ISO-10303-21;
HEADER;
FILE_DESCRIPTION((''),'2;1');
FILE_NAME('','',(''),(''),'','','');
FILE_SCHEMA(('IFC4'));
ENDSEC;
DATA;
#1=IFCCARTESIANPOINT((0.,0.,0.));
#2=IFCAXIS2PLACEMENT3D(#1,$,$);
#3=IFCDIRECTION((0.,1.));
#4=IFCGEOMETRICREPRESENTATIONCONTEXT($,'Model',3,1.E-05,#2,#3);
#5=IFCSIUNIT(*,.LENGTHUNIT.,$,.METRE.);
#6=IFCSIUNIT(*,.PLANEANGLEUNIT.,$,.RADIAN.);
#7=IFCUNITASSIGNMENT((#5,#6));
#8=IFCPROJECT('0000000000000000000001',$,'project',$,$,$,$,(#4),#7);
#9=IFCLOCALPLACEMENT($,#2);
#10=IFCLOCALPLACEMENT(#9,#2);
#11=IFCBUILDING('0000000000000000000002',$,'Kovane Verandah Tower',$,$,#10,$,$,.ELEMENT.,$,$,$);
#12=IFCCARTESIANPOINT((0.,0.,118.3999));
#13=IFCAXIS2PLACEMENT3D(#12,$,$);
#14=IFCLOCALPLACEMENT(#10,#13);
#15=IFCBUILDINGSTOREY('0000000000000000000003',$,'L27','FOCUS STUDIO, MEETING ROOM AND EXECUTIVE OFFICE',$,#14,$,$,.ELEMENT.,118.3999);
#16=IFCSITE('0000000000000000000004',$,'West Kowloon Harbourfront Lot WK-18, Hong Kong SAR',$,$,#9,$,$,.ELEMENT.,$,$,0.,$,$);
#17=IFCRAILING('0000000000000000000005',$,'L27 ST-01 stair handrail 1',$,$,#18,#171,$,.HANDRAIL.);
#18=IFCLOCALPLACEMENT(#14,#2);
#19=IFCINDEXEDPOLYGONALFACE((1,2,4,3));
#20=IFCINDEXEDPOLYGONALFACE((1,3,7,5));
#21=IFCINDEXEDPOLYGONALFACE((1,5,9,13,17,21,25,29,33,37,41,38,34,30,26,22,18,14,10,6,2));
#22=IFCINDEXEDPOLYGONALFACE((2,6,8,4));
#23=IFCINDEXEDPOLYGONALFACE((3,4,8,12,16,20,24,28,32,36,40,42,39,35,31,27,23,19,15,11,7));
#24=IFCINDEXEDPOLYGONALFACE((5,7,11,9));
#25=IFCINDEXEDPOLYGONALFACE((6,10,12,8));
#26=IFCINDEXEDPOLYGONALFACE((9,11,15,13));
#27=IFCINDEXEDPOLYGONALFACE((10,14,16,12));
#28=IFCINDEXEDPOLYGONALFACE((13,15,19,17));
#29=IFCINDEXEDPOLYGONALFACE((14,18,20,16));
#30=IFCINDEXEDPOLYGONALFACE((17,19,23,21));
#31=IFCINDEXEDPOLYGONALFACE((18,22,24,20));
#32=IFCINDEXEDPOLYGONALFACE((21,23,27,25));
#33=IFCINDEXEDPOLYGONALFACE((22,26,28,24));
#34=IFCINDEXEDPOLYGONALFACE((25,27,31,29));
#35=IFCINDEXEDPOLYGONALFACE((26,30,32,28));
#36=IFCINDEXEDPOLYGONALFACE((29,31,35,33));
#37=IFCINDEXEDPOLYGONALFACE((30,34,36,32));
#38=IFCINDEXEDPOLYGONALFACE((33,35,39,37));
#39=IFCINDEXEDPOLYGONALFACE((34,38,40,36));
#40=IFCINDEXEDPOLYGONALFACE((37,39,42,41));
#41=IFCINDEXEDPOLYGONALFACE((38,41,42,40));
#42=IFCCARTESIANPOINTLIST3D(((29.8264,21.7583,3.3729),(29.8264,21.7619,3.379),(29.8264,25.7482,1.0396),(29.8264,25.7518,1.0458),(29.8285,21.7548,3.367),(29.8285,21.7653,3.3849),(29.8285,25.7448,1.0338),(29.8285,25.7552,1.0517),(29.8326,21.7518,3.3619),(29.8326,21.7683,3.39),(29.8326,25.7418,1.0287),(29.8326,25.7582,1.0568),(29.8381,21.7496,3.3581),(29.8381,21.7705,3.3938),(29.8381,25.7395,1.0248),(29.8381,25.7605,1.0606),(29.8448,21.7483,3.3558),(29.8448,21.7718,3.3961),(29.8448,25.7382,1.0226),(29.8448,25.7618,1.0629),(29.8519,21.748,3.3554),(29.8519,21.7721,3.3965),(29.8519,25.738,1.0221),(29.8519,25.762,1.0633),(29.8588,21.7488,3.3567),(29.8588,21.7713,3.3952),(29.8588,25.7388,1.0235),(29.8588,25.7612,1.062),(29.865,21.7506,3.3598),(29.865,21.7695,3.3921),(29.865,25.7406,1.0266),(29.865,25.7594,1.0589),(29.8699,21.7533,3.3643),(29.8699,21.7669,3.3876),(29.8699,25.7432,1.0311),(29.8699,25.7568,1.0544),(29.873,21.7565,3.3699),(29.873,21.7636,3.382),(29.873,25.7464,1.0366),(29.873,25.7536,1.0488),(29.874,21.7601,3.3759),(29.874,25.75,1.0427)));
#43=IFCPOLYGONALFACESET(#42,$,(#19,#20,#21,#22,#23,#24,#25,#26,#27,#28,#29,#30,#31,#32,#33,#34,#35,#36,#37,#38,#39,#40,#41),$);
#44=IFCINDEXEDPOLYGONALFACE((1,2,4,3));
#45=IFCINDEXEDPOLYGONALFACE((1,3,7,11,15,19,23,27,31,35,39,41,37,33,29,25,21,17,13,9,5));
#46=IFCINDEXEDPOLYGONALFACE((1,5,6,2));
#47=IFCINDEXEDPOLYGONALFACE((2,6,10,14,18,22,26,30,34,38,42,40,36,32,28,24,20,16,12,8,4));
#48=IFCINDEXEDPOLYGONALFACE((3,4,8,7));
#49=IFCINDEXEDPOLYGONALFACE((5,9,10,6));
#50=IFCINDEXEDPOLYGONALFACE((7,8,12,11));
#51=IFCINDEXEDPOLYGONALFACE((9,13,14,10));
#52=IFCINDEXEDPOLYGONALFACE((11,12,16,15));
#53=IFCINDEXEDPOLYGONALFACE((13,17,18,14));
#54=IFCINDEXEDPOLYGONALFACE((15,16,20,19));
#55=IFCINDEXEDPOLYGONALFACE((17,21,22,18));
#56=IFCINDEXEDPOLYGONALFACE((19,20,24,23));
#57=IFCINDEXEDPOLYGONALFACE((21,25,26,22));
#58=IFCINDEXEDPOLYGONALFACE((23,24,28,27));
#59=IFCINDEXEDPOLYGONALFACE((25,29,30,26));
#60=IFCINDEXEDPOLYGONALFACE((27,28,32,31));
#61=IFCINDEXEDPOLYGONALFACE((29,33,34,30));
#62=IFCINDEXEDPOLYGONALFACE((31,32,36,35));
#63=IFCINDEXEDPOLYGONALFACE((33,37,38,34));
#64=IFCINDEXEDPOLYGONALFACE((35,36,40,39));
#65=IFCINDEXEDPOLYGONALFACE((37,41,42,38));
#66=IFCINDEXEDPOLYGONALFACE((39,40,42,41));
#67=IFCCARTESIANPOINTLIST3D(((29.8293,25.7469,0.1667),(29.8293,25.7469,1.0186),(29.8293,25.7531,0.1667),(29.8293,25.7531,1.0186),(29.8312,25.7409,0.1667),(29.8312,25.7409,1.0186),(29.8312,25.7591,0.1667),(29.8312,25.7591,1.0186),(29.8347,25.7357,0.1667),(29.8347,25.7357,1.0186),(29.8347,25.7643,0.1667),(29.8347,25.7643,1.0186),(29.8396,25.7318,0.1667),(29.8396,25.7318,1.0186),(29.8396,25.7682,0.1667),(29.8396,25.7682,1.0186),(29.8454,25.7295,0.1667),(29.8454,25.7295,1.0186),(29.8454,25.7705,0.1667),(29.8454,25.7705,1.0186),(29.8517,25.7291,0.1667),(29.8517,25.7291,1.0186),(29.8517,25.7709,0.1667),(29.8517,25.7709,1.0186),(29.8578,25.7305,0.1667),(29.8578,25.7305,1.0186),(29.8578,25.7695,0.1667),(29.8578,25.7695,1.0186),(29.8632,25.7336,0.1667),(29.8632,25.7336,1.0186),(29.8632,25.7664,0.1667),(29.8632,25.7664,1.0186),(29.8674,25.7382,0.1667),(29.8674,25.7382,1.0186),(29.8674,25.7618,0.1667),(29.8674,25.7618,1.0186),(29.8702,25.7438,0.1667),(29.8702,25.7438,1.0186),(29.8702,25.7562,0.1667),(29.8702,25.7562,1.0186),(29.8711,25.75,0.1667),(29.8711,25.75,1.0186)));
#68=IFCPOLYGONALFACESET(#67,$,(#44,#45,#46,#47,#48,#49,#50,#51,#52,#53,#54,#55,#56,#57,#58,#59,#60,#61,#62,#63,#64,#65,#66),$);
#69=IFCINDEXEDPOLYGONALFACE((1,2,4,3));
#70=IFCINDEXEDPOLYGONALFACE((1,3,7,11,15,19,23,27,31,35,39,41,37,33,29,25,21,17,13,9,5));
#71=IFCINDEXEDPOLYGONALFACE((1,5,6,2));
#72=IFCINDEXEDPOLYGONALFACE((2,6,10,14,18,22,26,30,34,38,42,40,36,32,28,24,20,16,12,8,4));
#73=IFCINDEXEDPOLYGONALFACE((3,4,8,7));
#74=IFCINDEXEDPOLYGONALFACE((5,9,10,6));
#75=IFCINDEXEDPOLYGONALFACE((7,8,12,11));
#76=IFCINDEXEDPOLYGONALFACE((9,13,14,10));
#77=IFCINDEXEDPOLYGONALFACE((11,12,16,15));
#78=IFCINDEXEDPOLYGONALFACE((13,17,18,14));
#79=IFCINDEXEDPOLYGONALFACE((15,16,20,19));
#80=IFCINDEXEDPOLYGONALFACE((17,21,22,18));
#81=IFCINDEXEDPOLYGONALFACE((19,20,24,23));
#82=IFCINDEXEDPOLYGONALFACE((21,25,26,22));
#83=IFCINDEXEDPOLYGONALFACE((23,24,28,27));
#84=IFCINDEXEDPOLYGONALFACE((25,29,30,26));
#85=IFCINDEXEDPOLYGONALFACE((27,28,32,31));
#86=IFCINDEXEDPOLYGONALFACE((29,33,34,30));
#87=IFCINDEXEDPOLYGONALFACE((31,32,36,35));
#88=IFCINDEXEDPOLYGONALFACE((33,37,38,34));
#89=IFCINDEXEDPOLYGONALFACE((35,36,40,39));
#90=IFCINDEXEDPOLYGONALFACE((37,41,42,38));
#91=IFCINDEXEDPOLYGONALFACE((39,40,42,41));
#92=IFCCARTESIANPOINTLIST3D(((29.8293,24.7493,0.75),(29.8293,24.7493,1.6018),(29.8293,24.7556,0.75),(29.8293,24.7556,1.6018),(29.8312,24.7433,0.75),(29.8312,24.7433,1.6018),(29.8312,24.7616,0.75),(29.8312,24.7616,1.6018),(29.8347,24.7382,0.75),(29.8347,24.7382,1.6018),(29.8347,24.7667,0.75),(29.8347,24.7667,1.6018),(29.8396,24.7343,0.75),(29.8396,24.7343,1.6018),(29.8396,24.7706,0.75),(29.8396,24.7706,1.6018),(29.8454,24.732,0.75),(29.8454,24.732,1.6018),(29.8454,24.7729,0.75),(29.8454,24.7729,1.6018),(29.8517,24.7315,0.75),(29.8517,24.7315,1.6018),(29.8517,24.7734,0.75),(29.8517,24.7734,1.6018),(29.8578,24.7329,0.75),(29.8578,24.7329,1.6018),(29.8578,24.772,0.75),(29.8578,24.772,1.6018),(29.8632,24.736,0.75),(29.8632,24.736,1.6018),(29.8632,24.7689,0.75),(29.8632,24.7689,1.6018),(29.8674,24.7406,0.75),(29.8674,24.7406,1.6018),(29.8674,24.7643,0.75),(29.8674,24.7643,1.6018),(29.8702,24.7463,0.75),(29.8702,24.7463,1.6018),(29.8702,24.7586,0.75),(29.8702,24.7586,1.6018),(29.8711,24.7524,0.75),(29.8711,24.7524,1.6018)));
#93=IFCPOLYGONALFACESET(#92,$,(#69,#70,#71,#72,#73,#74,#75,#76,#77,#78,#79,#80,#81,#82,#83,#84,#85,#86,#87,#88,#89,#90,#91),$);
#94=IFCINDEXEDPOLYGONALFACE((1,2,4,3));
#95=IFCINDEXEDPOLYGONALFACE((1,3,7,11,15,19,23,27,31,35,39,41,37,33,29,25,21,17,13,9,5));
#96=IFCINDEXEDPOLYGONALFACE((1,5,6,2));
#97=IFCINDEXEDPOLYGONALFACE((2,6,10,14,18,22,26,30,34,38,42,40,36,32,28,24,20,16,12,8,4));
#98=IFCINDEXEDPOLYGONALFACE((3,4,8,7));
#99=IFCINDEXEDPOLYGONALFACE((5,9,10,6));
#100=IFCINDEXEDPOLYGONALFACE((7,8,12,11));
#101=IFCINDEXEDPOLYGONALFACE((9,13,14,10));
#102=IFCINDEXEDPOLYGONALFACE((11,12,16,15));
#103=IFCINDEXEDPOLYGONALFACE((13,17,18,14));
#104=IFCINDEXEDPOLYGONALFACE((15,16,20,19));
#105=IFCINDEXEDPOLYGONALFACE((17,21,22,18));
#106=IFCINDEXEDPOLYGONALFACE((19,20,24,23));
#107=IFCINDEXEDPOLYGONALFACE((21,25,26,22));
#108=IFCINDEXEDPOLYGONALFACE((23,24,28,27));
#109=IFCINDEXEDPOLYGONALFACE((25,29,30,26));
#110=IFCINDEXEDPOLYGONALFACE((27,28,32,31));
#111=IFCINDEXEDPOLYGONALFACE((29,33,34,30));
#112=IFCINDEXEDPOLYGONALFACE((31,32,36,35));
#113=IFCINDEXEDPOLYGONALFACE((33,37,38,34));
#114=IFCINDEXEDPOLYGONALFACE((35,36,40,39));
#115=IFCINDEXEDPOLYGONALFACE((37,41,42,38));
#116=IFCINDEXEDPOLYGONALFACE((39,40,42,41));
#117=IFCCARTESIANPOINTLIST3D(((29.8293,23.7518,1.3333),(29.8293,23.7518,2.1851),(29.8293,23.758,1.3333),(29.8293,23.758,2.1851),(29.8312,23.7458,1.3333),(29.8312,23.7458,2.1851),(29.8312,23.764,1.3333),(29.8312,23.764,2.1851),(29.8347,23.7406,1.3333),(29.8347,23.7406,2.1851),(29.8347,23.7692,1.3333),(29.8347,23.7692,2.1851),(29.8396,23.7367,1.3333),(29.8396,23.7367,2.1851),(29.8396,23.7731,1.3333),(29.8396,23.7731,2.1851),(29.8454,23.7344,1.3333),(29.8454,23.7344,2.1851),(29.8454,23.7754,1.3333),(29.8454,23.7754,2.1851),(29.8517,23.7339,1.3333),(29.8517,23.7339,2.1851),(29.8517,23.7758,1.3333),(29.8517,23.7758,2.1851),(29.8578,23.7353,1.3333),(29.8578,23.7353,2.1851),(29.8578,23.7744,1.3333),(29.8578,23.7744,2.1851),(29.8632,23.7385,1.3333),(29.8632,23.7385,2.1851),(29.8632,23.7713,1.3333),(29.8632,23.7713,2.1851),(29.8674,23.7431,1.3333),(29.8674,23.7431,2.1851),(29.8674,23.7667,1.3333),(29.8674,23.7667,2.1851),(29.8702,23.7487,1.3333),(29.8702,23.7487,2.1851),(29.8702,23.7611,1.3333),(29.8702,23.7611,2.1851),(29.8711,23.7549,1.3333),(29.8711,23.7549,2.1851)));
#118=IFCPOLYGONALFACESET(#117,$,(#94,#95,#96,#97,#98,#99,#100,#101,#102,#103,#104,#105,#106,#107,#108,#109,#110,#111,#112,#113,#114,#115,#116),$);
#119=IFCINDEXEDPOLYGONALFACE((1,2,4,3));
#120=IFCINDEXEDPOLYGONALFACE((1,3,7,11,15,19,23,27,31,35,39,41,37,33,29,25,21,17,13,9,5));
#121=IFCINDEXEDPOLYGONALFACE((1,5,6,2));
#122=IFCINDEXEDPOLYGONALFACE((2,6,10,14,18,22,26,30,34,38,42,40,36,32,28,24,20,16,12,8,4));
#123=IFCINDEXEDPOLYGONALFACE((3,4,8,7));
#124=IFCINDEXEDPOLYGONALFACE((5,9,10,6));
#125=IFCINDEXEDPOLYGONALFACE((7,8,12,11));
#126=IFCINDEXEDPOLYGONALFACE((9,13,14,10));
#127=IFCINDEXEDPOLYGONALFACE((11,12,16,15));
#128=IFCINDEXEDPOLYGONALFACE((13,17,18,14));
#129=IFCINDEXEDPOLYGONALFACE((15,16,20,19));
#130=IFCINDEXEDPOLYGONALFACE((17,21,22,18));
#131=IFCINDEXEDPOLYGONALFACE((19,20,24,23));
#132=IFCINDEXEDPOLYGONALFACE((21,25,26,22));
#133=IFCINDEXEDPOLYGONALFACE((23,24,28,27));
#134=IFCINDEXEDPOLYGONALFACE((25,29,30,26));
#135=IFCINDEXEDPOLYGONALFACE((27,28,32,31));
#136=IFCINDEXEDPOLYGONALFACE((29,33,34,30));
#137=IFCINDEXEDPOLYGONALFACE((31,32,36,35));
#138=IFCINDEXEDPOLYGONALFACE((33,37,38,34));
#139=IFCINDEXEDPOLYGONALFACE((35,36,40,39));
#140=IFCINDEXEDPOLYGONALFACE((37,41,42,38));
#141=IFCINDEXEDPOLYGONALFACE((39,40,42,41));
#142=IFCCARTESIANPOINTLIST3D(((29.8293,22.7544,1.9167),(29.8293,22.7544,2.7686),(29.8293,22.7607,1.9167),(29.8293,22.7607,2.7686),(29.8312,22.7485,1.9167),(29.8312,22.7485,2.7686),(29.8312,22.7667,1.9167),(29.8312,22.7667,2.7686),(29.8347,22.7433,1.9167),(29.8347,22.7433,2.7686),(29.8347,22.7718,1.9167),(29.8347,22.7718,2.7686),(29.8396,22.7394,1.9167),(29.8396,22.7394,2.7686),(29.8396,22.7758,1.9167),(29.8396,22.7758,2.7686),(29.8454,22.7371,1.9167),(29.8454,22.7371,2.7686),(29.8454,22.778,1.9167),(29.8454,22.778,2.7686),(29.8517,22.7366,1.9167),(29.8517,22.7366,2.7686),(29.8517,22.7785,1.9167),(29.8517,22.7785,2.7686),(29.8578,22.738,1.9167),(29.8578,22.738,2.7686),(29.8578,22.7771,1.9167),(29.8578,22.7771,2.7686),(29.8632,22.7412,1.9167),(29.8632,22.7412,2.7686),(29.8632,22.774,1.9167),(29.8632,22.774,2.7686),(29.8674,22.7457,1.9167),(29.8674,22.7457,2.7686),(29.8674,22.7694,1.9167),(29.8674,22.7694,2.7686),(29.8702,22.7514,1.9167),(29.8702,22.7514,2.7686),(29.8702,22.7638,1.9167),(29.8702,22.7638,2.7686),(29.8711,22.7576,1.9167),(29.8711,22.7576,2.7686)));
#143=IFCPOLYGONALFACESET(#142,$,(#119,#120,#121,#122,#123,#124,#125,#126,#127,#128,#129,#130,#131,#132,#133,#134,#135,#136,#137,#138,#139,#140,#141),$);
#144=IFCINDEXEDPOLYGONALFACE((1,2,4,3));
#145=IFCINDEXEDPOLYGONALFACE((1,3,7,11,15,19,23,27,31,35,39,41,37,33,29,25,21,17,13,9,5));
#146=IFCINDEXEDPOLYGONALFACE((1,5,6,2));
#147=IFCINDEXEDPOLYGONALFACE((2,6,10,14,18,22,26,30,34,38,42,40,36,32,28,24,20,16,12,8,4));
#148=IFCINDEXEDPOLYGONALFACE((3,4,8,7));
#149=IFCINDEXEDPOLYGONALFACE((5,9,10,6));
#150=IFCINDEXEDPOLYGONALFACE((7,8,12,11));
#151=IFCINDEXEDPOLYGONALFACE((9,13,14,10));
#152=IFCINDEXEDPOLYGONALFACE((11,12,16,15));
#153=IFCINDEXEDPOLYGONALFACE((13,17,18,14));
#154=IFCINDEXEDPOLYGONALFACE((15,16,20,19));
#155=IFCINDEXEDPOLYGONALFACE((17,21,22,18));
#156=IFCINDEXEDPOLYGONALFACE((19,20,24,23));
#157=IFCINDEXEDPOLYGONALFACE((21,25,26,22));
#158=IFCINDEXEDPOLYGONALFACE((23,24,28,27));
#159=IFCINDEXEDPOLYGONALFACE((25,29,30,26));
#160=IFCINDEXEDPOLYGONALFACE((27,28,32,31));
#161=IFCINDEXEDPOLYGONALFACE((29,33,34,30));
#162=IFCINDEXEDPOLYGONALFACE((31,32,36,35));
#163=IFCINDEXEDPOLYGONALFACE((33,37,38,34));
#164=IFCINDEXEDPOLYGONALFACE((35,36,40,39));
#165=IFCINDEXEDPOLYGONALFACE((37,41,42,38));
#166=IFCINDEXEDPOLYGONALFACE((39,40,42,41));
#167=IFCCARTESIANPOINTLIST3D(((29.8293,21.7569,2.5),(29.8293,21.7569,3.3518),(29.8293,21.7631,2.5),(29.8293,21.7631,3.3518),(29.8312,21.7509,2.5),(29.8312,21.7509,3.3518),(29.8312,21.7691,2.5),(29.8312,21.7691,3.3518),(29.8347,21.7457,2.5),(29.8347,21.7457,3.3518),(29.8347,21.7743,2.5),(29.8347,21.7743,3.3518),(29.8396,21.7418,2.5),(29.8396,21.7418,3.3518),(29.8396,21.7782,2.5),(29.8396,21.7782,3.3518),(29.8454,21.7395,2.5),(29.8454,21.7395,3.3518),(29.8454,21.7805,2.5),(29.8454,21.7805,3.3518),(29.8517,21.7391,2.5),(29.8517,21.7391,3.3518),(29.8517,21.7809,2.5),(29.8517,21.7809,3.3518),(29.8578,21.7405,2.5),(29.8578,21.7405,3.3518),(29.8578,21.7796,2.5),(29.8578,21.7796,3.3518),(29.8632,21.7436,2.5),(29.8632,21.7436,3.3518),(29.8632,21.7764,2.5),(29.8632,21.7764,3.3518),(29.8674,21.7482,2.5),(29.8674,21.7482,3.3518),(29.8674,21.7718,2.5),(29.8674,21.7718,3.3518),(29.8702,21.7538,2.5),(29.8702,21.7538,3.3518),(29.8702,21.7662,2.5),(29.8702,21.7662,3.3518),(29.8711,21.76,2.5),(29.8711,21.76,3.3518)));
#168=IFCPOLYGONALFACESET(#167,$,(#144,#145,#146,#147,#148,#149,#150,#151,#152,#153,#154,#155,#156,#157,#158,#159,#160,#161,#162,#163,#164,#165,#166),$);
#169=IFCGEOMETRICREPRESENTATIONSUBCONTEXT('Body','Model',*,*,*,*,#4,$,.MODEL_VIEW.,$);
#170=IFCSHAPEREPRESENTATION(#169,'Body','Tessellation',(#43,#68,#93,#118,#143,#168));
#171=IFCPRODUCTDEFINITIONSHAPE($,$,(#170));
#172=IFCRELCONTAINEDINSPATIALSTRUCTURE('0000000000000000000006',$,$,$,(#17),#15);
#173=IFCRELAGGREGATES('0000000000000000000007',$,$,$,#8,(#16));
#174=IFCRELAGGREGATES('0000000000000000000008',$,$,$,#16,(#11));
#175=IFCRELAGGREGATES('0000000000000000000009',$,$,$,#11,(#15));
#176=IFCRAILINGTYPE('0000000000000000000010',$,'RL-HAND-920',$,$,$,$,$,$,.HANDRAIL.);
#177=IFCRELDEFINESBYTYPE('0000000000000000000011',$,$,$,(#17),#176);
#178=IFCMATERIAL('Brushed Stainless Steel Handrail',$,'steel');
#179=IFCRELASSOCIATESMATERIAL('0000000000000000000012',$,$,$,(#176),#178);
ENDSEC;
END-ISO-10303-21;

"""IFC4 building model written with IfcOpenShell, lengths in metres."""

from ifc_helpers import new_model, si_unit, direction, frame, origin, origin_2d, place, context, subcontext, project, spatial, circle, extrude, material, type_object, element, save


model = new_model("IFC4")

# Units and contexts
model_context = context("Model", 3, precision=1e-05, world=origin(), true_north=direction((0.0, 1.0)))
body_context = subcontext(model_context, "Body", "Model", "MODEL_VIEW")
ifc_project = project(units=[si_unit("LENGTHUNIT", "METRE"), si_unit("PLANEANGLEUNIT", "RADIAN")], contexts=[model_context])

# Site, building, storey
site_placement = place(None, origin())
site = spatial("IfcSite", under=ifc_project, at=site_placement, Name="West Kowloon Harbourfront Lot WK-18, Hong Kong SAR", CompositionType="ELEMENT", RefElevation=0.0)
building_placement = place(site_placement, origin())
building = spatial("IfcBuilding", under=site, at=building_placement, Name="Kovane Verandah Tower", CompositionType="ELEMENT")
storey_placement = place(building_placement, frame((0.0, 0.0, 118.3999)))
storey = spatial("IfcBuildingStorey", under=building, at=storey_placement, Name="L27", Description="FOCUS STUDIO, MEETING ROOM AND EXECUTIVE OFFICE", CompositionType="ELEMENT", Elevation=118.3999)

# Railing
ifc_material_1 = material(Name="Brushed Stainless Steel Handrail", Category="steel")
railing_type_1 = type_object("IfcRailingType", Name="RL-HAND-920", PredefinedType="HANDRAIL", material=ifc_material_1)
railing_1_placement = place(storey_placement, frame((29.8501, 25.75, 0.1667)))
element("IfcRailing", 1, at=railing_1_placement, inside=storey, type_object=railing_type_1, Name="L27 ST-01 stair handrail 1", PredefinedType="HANDRAIL", context=body_context, shape_type="SweptSolid", body=[
    extrude(circle(Radius=0.0239, at=origin_2d()), frame((0.0, 0.0, 0.876), z_axis=(0.0, -0.863236, 0.5048), x_axis=(1.0, 0.0, 0.0)), (0.0, 0.0, 1.0), 4.6221),
    extrude(circle(Radius=0.021, at=origin_2d()), origin(), (0.0, 0.0, 1.0), 0.8518),
    extrude(circle(Radius=0.021, at=origin_2d()), frame((0.0, -0.9976, 0.5833)), (0.0, 0.0, 1.0), 0.8518),
    extrude(circle(Radius=0.021, at=origin_2d()), frame((0.0, -1.9951, 1.1665)), (0.0, 0.0, 1.0), 0.8518),
    extrude(circle(Radius=0.021, at=origin_2d()), frame((0.0, -2.9924, 1.75)), (0.0, 0.0, 1.0), 0.8518),
    extrude(circle(Radius=0.021, at=origin_2d()), frame((0.0, -3.99, 2.3333)), (0.0, 0.0, 1.0), 0.8518),
])

save(model, "model.ifc")
